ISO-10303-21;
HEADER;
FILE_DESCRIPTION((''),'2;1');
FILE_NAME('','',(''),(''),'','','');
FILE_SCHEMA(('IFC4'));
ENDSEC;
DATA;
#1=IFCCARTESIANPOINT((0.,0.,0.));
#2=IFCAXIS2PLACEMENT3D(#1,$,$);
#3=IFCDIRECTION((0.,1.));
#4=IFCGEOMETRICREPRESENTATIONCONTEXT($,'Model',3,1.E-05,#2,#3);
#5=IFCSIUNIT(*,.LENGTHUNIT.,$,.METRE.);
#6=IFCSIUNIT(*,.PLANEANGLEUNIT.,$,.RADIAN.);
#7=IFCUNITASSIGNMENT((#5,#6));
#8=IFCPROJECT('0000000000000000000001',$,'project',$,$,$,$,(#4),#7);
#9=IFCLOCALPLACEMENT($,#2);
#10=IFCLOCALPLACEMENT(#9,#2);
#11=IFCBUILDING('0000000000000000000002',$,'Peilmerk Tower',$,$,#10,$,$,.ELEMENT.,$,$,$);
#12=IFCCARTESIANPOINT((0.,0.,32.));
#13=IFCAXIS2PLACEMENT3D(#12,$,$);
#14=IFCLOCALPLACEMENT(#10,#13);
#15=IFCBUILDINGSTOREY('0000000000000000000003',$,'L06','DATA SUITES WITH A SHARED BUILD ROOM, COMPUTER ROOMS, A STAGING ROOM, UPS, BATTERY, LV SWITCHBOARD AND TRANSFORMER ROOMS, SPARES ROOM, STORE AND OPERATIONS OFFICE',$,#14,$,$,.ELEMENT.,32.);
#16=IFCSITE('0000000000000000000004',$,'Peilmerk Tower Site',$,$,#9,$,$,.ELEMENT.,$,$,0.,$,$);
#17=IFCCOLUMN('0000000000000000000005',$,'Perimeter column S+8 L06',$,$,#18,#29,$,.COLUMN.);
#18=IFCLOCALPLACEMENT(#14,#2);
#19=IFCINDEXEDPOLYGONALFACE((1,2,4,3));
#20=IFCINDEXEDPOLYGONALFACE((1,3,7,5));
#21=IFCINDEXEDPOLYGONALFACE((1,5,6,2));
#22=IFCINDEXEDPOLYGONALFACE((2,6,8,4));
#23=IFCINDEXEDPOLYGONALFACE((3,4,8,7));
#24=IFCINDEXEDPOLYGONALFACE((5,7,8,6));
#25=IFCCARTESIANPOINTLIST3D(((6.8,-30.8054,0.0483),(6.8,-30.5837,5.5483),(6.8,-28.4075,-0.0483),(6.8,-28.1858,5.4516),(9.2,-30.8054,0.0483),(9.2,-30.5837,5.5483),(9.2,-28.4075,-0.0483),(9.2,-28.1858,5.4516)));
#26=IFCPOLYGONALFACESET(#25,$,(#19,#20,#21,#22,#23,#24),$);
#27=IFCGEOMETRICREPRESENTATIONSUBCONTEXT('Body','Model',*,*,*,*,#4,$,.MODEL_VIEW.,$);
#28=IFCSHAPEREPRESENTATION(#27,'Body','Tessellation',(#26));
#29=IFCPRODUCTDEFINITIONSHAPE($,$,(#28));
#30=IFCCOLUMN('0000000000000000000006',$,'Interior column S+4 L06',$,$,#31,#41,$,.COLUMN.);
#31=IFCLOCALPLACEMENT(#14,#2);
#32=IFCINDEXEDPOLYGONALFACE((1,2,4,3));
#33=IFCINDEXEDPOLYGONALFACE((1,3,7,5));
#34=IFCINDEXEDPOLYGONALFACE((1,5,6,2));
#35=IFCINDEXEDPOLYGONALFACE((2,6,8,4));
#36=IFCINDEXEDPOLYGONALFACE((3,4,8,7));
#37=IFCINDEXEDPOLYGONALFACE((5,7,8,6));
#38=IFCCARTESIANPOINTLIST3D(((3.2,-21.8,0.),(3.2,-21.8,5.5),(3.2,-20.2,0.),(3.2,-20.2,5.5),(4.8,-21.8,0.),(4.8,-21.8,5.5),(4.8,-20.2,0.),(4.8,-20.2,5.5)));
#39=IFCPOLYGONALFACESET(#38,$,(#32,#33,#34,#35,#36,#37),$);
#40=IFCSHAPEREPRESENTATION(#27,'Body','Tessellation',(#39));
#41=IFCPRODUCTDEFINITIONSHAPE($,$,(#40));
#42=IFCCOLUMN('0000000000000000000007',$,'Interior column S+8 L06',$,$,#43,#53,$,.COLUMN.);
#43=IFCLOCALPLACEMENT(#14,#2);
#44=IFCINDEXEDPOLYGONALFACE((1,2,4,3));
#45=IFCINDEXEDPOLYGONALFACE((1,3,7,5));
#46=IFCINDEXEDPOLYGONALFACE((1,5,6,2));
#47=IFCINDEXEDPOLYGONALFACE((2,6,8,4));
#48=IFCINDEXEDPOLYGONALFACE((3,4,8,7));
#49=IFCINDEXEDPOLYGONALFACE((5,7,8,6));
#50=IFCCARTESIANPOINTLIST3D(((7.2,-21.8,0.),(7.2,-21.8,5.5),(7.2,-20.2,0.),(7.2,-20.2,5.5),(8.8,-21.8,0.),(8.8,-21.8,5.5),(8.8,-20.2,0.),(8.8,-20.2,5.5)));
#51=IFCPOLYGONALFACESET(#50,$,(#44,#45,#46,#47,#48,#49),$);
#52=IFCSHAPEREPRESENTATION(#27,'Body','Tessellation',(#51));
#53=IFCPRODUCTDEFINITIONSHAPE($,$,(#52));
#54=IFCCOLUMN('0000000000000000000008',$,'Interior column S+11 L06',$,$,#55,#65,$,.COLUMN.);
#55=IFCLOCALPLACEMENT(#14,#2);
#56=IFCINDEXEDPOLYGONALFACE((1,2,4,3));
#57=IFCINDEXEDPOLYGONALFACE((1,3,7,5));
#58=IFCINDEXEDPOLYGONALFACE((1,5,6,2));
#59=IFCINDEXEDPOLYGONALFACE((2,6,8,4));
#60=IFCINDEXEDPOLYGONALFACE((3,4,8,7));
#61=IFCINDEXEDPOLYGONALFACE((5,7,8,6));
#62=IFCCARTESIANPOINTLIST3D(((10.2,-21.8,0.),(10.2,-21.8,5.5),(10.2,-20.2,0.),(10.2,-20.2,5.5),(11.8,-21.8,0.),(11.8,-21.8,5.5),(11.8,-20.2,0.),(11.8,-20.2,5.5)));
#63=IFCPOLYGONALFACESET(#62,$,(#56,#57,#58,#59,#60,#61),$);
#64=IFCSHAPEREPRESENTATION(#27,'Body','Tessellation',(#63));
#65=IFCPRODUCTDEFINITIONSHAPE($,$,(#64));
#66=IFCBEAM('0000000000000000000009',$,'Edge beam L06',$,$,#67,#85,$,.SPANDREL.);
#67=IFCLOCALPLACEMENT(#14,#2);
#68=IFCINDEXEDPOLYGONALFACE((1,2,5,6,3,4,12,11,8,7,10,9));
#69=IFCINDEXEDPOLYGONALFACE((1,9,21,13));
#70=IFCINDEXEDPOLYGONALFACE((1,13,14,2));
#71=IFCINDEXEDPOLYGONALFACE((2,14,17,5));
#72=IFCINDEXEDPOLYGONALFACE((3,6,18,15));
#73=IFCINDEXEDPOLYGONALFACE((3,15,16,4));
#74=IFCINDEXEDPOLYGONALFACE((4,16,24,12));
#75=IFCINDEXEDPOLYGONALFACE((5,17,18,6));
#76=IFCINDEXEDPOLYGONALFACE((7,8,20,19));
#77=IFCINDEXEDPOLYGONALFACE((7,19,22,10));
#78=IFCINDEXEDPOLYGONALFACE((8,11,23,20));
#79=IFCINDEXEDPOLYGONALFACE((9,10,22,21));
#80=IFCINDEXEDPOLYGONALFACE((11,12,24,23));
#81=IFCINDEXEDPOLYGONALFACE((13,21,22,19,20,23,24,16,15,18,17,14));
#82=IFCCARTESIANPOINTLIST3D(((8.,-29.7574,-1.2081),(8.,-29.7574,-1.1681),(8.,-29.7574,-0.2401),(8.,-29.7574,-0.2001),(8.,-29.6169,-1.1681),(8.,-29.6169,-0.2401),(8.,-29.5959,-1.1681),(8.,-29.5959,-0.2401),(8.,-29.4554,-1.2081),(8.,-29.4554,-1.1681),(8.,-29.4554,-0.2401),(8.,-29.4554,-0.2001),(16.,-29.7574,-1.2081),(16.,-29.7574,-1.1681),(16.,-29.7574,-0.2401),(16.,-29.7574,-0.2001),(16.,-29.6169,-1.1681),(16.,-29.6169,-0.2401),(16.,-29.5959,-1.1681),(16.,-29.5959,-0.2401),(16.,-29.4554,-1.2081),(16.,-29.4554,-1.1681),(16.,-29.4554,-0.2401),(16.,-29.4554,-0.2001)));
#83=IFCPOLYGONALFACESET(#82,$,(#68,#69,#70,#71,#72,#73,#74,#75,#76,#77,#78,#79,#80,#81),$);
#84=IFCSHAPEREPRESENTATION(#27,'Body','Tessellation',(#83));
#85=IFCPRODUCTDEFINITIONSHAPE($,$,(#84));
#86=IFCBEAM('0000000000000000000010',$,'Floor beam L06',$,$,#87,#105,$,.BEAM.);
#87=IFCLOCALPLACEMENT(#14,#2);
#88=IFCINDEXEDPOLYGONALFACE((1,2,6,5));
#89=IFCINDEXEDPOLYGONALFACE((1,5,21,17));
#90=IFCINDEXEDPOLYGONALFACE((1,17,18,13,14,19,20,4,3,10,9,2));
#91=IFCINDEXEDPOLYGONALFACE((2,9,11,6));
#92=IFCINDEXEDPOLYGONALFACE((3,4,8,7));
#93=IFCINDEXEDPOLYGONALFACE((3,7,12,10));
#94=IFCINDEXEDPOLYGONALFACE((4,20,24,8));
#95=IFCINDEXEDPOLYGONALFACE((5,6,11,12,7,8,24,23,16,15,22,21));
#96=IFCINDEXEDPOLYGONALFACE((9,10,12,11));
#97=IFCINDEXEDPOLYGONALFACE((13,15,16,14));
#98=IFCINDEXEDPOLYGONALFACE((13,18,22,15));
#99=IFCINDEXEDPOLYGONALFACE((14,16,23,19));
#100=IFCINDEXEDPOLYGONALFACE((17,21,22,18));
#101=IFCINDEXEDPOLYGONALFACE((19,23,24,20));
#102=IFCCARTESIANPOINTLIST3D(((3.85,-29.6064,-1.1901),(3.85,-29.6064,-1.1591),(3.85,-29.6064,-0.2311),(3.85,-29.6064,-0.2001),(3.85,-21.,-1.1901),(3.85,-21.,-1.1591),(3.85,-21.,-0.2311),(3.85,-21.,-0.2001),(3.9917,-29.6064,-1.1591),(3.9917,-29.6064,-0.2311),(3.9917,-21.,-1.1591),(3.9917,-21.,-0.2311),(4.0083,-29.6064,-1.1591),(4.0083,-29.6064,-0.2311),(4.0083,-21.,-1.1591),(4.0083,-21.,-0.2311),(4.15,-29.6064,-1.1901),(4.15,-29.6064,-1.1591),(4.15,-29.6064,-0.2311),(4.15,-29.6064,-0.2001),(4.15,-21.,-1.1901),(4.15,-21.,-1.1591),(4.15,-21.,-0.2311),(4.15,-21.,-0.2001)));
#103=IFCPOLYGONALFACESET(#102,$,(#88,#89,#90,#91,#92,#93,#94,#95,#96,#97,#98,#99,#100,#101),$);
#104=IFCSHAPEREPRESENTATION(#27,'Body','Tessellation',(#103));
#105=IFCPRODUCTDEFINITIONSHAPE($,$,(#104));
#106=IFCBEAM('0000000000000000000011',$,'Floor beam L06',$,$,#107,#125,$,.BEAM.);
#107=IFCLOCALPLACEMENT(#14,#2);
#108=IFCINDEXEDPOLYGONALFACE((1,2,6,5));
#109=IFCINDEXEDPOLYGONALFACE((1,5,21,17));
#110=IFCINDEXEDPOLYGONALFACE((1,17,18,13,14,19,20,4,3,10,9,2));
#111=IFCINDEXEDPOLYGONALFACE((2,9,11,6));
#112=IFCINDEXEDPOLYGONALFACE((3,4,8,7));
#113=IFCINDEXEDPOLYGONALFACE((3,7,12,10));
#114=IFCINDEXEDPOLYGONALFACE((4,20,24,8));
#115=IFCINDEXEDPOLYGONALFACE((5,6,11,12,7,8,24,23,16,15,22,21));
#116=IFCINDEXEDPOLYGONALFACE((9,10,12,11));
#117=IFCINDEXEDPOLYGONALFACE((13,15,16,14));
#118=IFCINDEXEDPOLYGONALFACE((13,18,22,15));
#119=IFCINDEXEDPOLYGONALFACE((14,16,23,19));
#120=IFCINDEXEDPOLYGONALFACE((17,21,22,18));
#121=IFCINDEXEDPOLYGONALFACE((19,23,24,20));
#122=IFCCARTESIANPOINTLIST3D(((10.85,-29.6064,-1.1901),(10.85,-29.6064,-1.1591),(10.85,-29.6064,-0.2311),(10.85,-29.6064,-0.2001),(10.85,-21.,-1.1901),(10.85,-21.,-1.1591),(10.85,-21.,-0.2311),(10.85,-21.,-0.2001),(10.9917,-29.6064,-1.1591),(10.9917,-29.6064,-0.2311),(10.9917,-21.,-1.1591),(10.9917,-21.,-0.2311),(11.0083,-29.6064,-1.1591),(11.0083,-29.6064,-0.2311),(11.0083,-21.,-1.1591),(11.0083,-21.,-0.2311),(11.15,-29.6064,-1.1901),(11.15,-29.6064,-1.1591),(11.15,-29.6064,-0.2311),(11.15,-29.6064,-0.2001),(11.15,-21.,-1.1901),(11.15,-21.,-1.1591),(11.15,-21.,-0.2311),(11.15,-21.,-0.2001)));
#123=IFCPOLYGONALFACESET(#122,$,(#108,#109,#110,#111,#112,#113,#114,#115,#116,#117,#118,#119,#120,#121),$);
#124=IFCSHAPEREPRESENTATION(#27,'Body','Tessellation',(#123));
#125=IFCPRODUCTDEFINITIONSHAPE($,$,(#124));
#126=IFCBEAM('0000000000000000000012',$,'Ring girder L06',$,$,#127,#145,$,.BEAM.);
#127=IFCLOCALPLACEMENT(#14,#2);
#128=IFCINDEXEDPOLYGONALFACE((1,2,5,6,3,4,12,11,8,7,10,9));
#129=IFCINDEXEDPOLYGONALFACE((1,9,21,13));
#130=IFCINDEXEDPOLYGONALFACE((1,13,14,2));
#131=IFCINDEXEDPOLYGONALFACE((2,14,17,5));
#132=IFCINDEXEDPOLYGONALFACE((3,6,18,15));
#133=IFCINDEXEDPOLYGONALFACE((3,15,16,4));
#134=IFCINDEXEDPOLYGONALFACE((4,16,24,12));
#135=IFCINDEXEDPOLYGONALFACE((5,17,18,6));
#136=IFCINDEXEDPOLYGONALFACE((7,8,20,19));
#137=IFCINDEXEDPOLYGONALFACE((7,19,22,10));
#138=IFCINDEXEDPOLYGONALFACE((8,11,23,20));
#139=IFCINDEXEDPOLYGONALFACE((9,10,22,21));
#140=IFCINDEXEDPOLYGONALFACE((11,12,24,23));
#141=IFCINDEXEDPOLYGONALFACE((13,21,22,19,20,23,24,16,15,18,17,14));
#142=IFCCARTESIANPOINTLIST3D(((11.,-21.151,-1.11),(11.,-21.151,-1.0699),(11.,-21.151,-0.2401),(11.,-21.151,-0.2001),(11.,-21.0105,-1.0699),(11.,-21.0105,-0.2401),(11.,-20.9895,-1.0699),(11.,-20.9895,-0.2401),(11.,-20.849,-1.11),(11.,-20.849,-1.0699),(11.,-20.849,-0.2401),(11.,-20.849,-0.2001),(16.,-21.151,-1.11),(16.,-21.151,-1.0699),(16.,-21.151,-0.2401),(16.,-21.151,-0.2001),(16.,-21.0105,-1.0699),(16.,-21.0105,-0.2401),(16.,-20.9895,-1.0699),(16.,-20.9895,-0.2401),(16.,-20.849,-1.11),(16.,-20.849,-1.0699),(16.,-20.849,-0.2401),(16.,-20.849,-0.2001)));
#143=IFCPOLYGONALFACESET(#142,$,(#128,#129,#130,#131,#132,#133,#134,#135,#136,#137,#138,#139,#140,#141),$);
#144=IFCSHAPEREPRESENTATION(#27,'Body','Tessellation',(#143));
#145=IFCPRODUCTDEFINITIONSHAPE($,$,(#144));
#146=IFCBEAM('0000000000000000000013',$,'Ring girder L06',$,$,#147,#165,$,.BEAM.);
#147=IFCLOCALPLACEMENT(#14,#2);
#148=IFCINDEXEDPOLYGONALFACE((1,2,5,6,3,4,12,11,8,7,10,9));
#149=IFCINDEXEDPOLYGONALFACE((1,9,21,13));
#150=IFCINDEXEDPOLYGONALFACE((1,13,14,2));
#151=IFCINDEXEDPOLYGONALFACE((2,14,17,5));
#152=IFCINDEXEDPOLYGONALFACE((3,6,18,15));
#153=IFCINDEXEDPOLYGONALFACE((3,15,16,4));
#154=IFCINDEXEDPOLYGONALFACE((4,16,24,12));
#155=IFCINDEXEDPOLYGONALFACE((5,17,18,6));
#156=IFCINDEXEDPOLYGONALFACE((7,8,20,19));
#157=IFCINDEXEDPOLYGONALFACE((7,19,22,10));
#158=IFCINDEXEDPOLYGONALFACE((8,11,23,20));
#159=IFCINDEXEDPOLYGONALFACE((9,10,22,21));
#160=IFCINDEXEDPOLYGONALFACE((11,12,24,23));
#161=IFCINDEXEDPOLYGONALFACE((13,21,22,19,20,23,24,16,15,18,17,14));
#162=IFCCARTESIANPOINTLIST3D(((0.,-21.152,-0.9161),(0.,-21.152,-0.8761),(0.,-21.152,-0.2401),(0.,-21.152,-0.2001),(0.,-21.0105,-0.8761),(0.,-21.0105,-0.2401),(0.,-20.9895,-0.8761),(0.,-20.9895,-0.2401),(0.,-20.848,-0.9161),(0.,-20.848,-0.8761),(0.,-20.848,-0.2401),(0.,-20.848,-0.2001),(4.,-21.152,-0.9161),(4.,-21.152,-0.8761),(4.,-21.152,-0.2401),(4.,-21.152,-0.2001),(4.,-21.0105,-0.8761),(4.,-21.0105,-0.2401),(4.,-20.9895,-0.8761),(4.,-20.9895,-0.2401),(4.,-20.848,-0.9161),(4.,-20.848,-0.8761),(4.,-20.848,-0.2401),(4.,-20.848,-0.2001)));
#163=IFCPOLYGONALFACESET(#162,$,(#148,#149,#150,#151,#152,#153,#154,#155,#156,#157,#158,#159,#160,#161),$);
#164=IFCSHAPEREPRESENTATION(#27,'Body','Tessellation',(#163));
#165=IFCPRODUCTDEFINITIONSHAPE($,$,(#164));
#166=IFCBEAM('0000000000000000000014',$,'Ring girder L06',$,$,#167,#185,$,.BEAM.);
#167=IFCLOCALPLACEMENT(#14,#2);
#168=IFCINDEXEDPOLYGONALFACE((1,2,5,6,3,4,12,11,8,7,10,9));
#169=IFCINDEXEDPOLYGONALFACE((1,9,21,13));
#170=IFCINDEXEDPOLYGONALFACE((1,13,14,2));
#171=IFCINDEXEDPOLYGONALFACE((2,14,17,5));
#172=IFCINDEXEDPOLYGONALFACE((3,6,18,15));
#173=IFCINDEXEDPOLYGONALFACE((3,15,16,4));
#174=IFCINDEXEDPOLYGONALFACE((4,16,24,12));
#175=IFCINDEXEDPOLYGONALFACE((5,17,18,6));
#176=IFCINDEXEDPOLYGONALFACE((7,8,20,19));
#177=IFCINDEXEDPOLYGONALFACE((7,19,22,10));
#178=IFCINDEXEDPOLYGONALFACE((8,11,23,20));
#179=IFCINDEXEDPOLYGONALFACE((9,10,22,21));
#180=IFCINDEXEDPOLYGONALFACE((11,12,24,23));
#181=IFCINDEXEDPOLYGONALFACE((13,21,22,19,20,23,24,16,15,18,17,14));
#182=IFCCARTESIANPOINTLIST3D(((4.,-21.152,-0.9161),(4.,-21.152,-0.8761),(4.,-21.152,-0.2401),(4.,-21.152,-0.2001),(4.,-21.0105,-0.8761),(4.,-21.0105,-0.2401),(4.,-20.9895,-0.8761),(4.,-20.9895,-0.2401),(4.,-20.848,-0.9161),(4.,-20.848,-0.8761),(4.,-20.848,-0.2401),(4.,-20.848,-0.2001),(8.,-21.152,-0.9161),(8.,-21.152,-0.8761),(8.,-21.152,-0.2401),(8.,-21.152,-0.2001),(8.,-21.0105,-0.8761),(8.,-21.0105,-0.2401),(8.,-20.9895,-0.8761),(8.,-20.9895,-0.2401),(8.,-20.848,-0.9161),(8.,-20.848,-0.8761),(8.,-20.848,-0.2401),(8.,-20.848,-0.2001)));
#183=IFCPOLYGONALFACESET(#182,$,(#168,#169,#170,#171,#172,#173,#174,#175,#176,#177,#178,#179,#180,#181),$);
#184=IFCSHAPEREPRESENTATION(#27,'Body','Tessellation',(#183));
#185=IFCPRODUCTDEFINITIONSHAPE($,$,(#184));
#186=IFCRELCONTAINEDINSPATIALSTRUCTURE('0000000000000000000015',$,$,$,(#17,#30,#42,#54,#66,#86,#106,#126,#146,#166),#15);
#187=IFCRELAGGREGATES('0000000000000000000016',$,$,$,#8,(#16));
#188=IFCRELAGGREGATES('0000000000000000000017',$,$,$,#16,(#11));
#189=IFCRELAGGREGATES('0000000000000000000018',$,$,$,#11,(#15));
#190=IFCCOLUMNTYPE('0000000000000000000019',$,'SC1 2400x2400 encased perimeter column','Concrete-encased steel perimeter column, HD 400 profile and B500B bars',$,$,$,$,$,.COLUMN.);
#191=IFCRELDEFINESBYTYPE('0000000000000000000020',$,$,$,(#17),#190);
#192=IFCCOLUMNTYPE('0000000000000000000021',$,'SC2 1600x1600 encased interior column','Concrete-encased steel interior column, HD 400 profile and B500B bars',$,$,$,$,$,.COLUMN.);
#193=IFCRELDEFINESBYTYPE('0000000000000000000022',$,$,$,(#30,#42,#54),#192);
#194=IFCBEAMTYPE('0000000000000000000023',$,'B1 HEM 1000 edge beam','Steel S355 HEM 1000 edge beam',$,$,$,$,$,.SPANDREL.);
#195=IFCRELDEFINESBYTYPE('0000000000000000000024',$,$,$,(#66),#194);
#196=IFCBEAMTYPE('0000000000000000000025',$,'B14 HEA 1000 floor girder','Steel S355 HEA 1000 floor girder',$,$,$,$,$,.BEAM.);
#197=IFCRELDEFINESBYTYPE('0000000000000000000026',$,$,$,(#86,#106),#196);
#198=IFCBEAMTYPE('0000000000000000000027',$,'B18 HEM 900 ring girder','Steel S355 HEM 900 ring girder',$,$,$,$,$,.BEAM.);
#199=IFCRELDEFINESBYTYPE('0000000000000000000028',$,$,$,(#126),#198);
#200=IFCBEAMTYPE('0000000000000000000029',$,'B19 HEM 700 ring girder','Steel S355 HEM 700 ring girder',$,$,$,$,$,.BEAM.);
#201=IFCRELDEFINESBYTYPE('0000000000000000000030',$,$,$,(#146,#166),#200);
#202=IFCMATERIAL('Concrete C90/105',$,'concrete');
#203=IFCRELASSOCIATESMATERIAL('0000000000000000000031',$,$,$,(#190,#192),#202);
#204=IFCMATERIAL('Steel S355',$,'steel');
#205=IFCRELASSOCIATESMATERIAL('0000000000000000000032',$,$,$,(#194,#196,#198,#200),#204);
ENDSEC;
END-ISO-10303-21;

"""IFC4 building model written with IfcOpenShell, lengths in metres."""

from ifc_helpers import new_model, si_unit, direction, frame, origin, origin_2d, place, context, subcontext, project, spatial, rectangle, i_section, extrude, material, material_profile, profile_set, type_object, element, save


model = new_model("IFC4")

# Units and contexts
model_context = context("Model", 3, precision=1e-05, world=origin(), true_north=direction((0.0, 1.0)))
body_context = subcontext(model_context, "Body", "Model", "MODEL_VIEW")
ifc_project = project(units=[si_unit("LENGTHUNIT", "METRE"), si_unit("PLANEANGLEUNIT", "RADIAN")], contexts=[model_context])

# Site, building, storey
site_placement = place(None, origin())
site = spatial("IfcSite", under=ifc_project, at=site_placement, Name="Peilmerk Tower Site", CompositionType="ELEMENT", RefElevation=0.0)
building_placement = place(site_placement, origin())
building = spatial("IfcBuilding", under=site, at=building_placement, Name="Peilmerk Tower", CompositionType="ELEMENT")
storey_placement = place(building_placement, frame((0.0, 0.0, 32.0)))
storey = spatial("IfcBuildingStorey", under=building, at=storey_placement, Name="L06", Description="DATA SUITES WITH A SHARED BUILD ROOM, COMPUTER ROOMS, A STAGING ROOM, UPS, BATTERY, LV SWITCHBOARD AND TRANSFORMER ROOMS, SPARES ROOM, STORE AND OPERATIONS OFFICE", CompositionType="ELEMENT", Elevation=32.0)

# Columns
ifc_material_1 = material(Name="Concrete C90/105", Category="concrete")
ifc_material_profile_1 = material_profile(ifc_material_1, rectangle(XDim=2.3999, YDim=2.3999, at=origin_2d()), Name="RC 2400x2400")
ifc_profile_set_1 = profile_set([ifc_material_profile_1], Name="Concrete C90/105")
column_type_1 = type_object("IfcColumnType", Name="SC1 2400x2400 encased perimeter column", Description="Concrete-encased steel perimeter column, HD 400 profile and B500B bars", PredefinedType="COLUMN", material=ifc_profile_set_1)
column_placement = place(storey_placement, frame((8.0, -29.6064, 0.0), z_axis=(0.0, 0.040273, 0.999189), x_axis=(-1.0, 0.0, 0.0)))
element("IfcColumn", 1, at=column_placement, inside=storey, type_object=column_type_1, Name="Perimeter column S+8 L06", PredefinedType="COLUMN", context=body_context, shape_type="SweptSolid", body=[
    extrude(rectangle(XDim=2.3999, YDim=2.3999, at=origin_2d()), origin(), (0.0, 0.0, 1.0), 5.5044),
])
ifc_material_profile_2 = material_profile(ifc_material_1, rectangle(XDim=1.6001, YDim=1.6001, at=origin_2d()), Name="RC 1600x1600")
ifc_profile_set_2 = profile_set([ifc_material_profile_2], Name="Concrete C90/105")
column_type_2 = type_object("IfcColumnType", Name="SC2 1600x1600 encased interior column", Description="Concrete-encased steel interior column, HD 400 profile and B500B bars", PredefinedType="COLUMN", material=ifc_profile_set_2)
for number, where, z_axis, x_axis, name in (
    (2, (4.0, -21.0, 0.0), (0.0, 0.0, 1.0), (1.0, 0.0, 0.0), "Interior column S+4 L06"),
    (3, (8.0, -21.0, 0.0), (0.0, 0.0, 1.0), (1.0, 0.0, 0.0), "Interior column S+8 L06"),
    (4, (11.0, -21.0, 0.0), (0.0, 0.0, 1.0), (1.0, 0.0, 0.0), "Interior column S+11 L06"),
):
    element("IfcColumn", number, at=place(storey_placement, frame(where, z_axis=z_axis, x_axis=x_axis)), inside=storey, type_object=column_type_2, Name=name, PredefinedType="COLUMN", context=body_context, shape_type="SweptSolid", body=[
        extrude(rectangle(XDim=1.6001, YDim=1.6001, at=origin_2d()), origin(), (0.0, 0.0, 1.0), 5.5),
    ])

# Beams
ifc_material_2 = material(Name="Steel S355", Category="steel")
ifc_material_profile_3 = material_profile(ifc_material_2, i_section(OverallWidth=0.302, OverallDepth=1.0081, WebThickness=0.021, FlangeThickness=0.04, at=origin_2d()), Name="HEM 1000")
ifc_profile_set_3 = profile_set([ifc_material_profile_3], Name="Steel S355")
beam_type_1 = type_object("IfcBeamType", Name="B1 HEM 1000 edge beam", Description="Steel S355 HEM 1000 edge beam", PredefinedType="SPANDREL", material=ifc_profile_set_3)
beam_1_placement = place(storey_placement, frame((8.0, -29.6064, -0.7041), z_axis=(1.0, 0.0, 0.0), x_axis=(0.0, 1.0, 0.0)))
element("IfcBeam", 5, at=beam_1_placement, inside=storey, type_object=beam_type_1, Name="Edge beam L06", PredefinedType="SPANDREL", context=body_context, shape_type="SweptSolid", body=[
    extrude(i_section(OverallWidth=0.302, OverallDepth=1.0081, WebThickness=0.021, FlangeThickness=0.04, at=origin_2d()), origin(), (0.0, 0.0, 1.0), 8.0),
])
ifc_material_profile_4 = material_profile(ifc_material_2, i_section(OverallWidth=0.3, OverallDepth=0.99, WebThickness=0.0166, FlangeThickness=0.031, at=origin_2d()), Name="HEA 1000")
ifc_profile_set_4 = profile_set([ifc_material_profile_4], Name="Steel S355")
beam_type_2 = type_object("IfcBeamType", Name="B14 HEA 1000 floor girder", Description="Steel S355 HEA 1000 floor girder", PredefinedType="BEAM", material=ifc_profile_set_4)
for number, where, z_axis, x_axis, name in (
    (6, (4.0, -21.0, -0.6951), (0.0, -1.0, 0.0), (1.0, 0.0, 0.0), "Floor beam L06"),
    (7, (11.0, -21.0, -0.6951), (0.0, -1.0, 0.0), (1.0, 0.0, 0.0), "Floor beam L06"),
):
    element("IfcBeam", number, at=place(storey_placement, frame(where, z_axis=z_axis, x_axis=x_axis)), inside=storey, type_object=beam_type_2, Name=name, PredefinedType="BEAM", context=body_context, shape_type="SweptSolid", body=[
        extrude(i_section(OverallWidth=0.3, OverallDepth=0.99, WebThickness=0.0166, FlangeThickness=0.031, at=origin_2d()), origin(), (0.0, 0.0, 1.0), 8.6064),
    ])
ifc_material_profile_5 = material_profile(ifc_material_2, i_section(OverallWidth=0.302, OverallDepth=0.9099, WebThickness=0.021, FlangeThickness=0.04, at=origin_2d()), Name="HEM 900")
ifc_profile_set_5 = profile_set([ifc_material_profile_5], Name="Steel S355")
beam_type_3 = type_object("IfcBeamType", Name="B18 HEM 900 ring girder", Description="Steel S355 HEM 900 ring girder", PredefinedType="BEAM", material=ifc_profile_set_5)
beam_2_placement = place(storey_placement, frame((11.0, -21.0, -0.655), z_axis=(1.0, 0.0, 0.0), x_axis=(0.0, 1.0, 0.0)))
element("IfcBeam", 8, at=beam_2_placement, inside=storey, type_object=beam_type_3, Name="Ring girder L06", PredefinedType="BEAM", context=body_context, shape_type="SweptSolid", body=[
    extrude(i_section(OverallWidth=0.302, OverallDepth=0.9099, WebThickness=0.021, FlangeThickness=0.04, at=origin_2d()), origin(), (0.0, 0.0, 1.0), 5.0),
])
ifc_material_profile_6 = material_profile(ifc_material_2, i_section(OverallWidth=0.304, OverallDepth=0.7161, WebThickness=0.021, FlangeThickness=0.04, at=origin_2d()), Name="HEM 700")
ifc_profile_set_6 = profile_set([ifc_material_profile_6], Name="Steel S355")
beam_type_4 = type_object("IfcBeamType", Name="B19 HEM 700 ring girder", Description="Steel S355 HEM 700 ring girder", PredefinedType="BEAM", material=ifc_profile_set_6)
for number, where, z_axis, x_axis, name in (
    (9, (0.0, -21.0, -0.5581), (1.0, 0.0, 0.0), (0.0, 1.0, 0.0), "Ring girder L06"),
    (10, (4.0, -21.0, -0.5581), (1.0, 0.0, 0.0), (0.0, 1.0, 0.0), "Ring girder L06"),
):
    element("IfcBeam", number, at=place(storey_placement, frame(where, z_axis=z_axis, x_axis=x_axis)), inside=storey, type_object=beam_type_4, Name=name, PredefinedType="BEAM", context=body_context, shape_type="SweptSolid", body=[
        extrude(i_section(OverallWidth=0.304, OverallDepth=0.7161, WebThickness=0.021, FlangeThickness=0.04, at=origin_2d()), origin(), (0.0, 0.0, 1.0), 4.0),
    ])

save(model, "model.ifc")
